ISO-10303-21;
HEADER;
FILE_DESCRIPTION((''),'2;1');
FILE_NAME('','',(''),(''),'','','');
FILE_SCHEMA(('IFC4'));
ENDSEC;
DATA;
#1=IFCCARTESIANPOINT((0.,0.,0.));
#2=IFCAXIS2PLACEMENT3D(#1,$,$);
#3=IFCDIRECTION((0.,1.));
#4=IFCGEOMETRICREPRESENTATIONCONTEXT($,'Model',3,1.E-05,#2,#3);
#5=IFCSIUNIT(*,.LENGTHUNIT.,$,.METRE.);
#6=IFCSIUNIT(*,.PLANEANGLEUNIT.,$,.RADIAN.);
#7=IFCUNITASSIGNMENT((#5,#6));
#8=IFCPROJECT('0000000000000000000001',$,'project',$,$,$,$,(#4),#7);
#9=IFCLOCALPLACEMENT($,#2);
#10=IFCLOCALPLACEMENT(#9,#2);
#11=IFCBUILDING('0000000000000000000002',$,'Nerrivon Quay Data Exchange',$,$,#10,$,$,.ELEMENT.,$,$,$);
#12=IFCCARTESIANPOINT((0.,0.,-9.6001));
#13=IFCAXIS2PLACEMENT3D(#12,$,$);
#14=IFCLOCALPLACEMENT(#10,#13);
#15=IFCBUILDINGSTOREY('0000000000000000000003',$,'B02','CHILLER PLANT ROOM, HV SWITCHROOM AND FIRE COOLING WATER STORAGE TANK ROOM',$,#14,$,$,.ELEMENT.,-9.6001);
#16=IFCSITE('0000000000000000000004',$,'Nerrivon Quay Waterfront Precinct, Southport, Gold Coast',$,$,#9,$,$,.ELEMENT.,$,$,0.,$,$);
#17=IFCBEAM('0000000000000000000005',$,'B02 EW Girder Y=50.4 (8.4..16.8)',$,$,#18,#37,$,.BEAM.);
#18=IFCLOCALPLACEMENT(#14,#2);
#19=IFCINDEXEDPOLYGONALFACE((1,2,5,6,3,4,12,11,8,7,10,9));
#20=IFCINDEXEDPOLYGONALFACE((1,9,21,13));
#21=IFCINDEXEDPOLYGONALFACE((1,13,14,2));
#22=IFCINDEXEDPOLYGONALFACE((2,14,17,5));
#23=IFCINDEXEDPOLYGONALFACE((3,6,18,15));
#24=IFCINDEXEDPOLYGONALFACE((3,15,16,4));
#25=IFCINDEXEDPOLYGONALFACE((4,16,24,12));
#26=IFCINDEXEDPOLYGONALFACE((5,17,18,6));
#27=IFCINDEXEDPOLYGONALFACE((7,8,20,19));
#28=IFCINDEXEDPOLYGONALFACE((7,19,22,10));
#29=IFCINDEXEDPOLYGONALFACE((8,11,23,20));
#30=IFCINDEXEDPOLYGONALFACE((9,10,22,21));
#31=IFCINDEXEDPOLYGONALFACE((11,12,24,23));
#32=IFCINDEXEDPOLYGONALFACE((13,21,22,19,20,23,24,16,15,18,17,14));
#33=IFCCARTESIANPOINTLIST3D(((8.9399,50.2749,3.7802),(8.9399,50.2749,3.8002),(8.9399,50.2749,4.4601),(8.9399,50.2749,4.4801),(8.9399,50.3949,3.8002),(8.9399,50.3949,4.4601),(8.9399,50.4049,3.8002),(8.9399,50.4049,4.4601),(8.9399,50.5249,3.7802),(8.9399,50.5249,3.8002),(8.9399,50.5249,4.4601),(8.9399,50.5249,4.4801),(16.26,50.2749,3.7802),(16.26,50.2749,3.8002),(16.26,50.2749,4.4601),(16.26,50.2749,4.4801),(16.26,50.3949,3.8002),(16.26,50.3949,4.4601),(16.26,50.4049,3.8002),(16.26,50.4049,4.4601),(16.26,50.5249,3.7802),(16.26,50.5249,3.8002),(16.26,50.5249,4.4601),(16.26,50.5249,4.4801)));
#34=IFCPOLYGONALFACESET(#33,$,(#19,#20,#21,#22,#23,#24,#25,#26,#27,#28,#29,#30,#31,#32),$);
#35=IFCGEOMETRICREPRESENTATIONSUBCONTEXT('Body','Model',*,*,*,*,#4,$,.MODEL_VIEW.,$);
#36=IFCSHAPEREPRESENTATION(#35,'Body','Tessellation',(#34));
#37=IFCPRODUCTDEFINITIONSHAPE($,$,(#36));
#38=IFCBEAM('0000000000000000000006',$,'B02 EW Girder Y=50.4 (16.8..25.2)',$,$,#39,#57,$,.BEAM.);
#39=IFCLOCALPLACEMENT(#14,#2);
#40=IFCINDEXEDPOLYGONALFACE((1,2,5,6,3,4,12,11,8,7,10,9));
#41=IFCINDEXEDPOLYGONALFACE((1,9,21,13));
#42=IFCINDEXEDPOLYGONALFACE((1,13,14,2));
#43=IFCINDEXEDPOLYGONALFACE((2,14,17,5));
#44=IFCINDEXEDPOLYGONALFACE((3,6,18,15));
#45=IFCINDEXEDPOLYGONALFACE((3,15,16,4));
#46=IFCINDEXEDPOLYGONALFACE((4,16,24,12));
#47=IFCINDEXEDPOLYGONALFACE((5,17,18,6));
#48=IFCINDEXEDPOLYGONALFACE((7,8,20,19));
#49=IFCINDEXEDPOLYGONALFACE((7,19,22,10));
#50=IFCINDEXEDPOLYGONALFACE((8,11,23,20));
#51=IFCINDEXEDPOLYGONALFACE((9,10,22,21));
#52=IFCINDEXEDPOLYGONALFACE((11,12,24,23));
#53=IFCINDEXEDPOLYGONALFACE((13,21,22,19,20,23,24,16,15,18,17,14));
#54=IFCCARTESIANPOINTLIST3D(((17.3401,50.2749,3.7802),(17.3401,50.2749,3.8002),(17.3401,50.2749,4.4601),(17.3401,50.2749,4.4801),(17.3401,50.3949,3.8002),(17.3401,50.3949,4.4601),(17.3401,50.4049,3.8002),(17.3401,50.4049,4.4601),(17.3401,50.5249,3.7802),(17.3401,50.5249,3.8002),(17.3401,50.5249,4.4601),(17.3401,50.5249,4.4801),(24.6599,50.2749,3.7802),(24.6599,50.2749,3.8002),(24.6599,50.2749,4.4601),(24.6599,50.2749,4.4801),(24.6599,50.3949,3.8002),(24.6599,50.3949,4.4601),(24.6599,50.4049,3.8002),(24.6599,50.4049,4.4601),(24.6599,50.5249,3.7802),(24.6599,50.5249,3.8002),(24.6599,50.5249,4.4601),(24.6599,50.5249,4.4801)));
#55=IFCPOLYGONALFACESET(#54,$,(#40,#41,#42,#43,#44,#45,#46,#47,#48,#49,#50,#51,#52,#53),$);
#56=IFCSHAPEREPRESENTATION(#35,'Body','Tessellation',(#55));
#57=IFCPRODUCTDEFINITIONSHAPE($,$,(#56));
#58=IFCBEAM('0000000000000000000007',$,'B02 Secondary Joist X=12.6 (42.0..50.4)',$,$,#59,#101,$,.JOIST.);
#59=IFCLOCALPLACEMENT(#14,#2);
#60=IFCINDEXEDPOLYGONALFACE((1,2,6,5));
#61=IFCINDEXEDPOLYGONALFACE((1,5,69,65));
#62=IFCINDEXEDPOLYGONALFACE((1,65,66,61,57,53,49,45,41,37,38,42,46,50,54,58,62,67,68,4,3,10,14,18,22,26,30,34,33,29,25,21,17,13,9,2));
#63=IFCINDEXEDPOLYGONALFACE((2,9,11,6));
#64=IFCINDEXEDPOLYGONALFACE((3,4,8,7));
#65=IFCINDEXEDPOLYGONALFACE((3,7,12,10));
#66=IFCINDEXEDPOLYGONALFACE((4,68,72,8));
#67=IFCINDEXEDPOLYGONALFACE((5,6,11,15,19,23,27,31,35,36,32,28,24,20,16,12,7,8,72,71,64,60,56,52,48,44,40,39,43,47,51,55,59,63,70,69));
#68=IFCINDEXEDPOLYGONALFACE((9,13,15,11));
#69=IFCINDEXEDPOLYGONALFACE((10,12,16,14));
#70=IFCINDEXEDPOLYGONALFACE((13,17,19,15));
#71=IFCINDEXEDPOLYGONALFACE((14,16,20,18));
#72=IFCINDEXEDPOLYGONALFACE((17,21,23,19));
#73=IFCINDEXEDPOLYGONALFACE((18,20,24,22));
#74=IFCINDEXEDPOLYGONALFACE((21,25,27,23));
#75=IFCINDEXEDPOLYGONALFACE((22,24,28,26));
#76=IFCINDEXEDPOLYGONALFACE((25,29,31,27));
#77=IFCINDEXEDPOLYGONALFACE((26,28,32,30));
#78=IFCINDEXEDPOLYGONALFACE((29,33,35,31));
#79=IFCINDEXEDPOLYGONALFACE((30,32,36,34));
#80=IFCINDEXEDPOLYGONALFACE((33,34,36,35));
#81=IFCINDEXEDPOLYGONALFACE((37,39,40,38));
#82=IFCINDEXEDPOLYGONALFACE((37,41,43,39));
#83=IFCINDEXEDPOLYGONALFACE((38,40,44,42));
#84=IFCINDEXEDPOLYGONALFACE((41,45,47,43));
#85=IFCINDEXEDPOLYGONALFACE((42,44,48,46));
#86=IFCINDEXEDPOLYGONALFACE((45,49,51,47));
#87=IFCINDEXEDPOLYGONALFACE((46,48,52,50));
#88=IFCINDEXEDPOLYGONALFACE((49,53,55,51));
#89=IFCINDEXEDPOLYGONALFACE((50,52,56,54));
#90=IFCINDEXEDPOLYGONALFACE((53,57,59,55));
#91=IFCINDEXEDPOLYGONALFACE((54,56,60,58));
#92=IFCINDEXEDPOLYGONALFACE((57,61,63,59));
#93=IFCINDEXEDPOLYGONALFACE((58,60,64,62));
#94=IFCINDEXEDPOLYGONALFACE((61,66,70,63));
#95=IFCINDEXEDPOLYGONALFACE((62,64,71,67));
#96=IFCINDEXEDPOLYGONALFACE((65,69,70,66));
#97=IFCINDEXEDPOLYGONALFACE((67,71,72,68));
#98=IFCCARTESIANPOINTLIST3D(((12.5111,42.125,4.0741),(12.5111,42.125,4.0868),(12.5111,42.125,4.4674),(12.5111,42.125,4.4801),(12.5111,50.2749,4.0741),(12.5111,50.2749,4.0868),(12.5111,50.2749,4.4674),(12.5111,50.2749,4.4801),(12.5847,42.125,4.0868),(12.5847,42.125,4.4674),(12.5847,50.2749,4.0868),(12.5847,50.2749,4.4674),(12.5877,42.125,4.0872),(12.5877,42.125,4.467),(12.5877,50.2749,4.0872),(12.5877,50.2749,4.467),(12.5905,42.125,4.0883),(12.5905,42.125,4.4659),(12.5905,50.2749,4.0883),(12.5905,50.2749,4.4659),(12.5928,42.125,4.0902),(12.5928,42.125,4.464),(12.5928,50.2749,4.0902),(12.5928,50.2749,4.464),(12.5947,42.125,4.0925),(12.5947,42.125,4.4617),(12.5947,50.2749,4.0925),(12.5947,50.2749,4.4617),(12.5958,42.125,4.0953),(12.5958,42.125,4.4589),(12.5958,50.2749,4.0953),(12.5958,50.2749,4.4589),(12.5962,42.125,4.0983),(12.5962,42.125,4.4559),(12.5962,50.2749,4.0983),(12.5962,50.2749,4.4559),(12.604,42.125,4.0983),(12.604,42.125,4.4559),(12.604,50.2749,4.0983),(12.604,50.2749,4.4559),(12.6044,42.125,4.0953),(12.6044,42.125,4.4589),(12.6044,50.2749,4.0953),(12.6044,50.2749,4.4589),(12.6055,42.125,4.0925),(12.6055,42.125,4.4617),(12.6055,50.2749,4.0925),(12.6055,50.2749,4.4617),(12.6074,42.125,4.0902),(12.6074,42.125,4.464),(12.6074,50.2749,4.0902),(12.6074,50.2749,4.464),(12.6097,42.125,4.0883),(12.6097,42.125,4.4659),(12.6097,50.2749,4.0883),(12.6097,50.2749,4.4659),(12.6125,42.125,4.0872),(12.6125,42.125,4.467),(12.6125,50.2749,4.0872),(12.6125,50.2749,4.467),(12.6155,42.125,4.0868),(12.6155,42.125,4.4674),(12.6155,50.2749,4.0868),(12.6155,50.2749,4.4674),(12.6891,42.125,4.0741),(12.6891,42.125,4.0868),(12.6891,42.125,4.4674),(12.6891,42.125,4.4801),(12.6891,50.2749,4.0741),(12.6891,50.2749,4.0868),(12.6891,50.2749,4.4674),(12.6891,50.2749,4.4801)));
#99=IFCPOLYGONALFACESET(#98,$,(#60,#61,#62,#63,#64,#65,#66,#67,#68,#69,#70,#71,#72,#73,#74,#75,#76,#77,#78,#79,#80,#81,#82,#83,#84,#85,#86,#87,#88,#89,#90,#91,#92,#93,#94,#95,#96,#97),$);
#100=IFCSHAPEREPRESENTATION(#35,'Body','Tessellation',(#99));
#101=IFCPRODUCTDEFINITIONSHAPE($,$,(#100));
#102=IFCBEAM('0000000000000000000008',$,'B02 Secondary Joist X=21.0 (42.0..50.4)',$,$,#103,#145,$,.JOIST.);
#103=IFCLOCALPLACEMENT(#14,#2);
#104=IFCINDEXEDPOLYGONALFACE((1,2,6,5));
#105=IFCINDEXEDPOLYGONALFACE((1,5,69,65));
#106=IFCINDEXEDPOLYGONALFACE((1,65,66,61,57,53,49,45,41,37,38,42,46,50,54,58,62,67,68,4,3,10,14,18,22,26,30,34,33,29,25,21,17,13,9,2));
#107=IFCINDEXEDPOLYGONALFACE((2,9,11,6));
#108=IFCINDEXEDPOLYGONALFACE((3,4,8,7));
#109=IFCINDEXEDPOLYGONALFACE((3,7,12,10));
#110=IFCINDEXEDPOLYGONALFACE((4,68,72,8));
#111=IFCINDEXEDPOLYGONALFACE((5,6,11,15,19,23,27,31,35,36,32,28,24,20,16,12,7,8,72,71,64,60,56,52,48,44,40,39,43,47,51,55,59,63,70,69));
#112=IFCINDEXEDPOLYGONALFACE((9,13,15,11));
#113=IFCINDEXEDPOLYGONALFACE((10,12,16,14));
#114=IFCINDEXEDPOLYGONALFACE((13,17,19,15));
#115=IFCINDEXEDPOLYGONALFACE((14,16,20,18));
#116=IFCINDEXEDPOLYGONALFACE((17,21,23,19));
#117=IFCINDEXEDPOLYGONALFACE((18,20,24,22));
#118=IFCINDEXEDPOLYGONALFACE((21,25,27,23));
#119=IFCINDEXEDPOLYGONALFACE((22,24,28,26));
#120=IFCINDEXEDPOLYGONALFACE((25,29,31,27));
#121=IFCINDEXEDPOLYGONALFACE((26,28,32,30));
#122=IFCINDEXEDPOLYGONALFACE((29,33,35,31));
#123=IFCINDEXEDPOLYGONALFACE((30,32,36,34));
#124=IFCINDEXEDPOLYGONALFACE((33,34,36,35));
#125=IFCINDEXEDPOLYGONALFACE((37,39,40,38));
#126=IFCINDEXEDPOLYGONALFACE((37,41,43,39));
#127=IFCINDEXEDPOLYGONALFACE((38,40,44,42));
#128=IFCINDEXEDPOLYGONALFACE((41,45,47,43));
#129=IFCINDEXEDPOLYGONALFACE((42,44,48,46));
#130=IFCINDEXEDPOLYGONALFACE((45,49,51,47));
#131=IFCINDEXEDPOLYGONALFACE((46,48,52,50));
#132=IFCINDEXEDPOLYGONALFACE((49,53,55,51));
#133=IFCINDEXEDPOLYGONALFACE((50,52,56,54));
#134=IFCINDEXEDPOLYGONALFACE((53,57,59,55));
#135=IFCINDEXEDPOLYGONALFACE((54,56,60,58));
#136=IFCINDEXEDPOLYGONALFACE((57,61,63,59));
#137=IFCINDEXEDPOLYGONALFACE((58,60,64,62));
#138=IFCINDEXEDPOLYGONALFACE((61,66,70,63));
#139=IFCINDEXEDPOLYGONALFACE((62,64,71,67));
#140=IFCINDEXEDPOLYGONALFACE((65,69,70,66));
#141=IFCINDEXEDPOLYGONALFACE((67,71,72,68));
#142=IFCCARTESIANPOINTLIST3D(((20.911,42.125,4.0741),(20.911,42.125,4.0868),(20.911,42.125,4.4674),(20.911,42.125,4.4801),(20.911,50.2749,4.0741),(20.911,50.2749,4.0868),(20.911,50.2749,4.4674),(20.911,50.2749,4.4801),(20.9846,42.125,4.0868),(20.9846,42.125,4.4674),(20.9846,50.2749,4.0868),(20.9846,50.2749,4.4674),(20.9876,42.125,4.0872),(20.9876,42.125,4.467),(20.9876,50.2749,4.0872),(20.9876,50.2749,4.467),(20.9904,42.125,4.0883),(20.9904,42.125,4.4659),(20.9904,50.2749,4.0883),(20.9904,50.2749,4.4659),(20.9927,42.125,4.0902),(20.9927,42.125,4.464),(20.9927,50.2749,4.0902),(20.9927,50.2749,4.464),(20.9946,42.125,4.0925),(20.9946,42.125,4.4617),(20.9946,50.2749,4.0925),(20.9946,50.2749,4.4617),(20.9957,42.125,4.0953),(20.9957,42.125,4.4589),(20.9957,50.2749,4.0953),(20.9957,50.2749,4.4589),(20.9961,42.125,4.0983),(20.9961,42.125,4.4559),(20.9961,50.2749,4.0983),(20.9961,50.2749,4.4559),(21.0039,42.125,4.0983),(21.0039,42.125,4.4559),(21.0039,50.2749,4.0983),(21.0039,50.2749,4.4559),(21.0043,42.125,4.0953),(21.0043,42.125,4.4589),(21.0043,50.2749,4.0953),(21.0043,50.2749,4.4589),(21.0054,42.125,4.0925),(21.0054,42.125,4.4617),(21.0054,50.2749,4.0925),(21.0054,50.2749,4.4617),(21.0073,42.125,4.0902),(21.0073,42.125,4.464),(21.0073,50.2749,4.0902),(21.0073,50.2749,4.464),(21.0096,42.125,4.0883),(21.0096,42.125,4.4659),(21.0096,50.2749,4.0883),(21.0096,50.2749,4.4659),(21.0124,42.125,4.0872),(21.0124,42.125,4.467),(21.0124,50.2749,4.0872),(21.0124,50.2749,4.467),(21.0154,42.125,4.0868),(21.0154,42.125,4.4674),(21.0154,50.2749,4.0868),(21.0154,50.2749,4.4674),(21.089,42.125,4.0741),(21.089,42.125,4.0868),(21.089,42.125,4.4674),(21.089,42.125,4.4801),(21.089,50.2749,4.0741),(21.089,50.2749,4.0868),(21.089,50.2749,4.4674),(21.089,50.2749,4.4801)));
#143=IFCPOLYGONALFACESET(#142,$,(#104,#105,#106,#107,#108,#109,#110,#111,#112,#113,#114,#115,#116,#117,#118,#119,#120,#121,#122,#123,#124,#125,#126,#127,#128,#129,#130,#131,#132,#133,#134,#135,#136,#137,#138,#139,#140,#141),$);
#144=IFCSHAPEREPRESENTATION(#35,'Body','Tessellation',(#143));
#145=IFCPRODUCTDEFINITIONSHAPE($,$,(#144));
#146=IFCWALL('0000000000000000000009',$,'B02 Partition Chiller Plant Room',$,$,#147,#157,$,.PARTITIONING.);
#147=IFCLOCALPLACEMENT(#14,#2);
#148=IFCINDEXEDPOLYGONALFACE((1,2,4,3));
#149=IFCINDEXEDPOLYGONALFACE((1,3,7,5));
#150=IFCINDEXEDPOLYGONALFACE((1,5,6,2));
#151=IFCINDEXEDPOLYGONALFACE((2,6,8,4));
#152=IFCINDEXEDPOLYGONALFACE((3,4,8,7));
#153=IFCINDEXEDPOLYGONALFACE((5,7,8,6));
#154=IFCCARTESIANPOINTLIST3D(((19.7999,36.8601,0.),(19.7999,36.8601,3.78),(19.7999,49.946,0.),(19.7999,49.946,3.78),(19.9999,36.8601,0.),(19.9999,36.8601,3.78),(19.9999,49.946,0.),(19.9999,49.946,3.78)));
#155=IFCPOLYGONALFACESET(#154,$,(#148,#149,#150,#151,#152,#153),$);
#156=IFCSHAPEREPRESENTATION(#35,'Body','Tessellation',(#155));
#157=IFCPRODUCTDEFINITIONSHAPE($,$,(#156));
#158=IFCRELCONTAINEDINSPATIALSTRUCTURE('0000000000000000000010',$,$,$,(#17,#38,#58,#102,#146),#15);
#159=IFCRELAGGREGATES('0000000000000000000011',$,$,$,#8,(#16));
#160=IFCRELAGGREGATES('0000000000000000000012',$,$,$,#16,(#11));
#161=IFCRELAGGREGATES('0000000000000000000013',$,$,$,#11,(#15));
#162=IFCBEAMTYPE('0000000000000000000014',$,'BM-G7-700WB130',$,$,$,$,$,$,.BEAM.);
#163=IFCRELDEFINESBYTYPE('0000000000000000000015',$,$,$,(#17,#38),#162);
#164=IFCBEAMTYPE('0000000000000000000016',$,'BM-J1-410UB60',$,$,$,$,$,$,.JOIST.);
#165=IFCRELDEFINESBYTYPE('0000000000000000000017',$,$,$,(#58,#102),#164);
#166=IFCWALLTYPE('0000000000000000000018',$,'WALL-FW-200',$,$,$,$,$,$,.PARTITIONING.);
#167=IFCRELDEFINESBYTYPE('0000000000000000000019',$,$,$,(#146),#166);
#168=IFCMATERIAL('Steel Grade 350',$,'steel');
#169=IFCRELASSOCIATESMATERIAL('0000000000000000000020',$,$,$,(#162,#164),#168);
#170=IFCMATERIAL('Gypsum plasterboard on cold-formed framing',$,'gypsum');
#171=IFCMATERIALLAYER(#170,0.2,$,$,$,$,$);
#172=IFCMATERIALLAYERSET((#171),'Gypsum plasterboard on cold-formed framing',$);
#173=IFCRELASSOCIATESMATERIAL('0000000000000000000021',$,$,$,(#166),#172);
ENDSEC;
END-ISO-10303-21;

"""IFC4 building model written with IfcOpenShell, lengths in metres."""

from ifc_helpers import new_model, si_unit, direction, frame, frame_2d, origin, origin_2d, place, context, subcontext, project, spatial, rectangle, i_section, extrude, material, layer, layer_set, material_profile, profile_set, type_object, element, save


model = new_model("IFC4")

# Units and contexts
model_context = context("Model", 3, precision=1e-05, world=origin(), true_north=direction((0.0, 1.0)))
body_context = subcontext(model_context, "Body", "Model", "MODEL_VIEW")
ifc_project = project(units=[si_unit("LENGTHUNIT", "METRE"), si_unit("PLANEANGLEUNIT", "RADIAN")], contexts=[model_context])

# Site, building, storey
site_placement = place(None, origin())
site = spatial("IfcSite", under=ifc_project, at=site_placement, Name="Nerrivon Quay Waterfront Precinct, Southport, Gold Coast", CompositionType="ELEMENT", RefElevation=0.0)
building_placement = place(site_placement, origin())
building = spatial("IfcBuilding", under=site, at=building_placement, Name="Nerrivon Quay Data Exchange", CompositionType="ELEMENT")
storey_placement = place(building_placement, frame((0.0, 0.0, -9.6001)))
storey = spatial("IfcBuildingStorey", under=building, at=storey_placement, Name="B02", Description="CHILLER PLANT ROOM, HV SWITCHROOM AND FIRE COOLING WATER STORAGE TANK ROOM", CompositionType="ELEMENT", Elevation=-9.6001)

# Beams
ifc_material_1 = material(Name="Steel Grade 350", Category="steel")
ifc_material_profile_1 = material_profile(ifc_material_1, i_section(OverallWidth=0.25, OverallDepth=0.7, WebThickness=0.01, FlangeThickness=0.02, at=origin_2d()), Name="700WB130")
ifc_profile_set_1 = profile_set([ifc_material_profile_1], Name="Steel Grade 350")
beam_type_1 = type_object("IfcBeamType", Name="BM-G7-700WB130", PredefinedType="BEAM", material=ifc_profile_set_1)
beam_1_placement = place(storey_placement, frame((8.9399, 50.3999, 4.1301), z_axis=(1.0, 0.0, 0.0), x_axis=(0.0, 1.0, 0.0)))
element("IfcBeam", 1, at=beam_1_placement, inside=storey, type_object=beam_type_1, Name="B02 EW Girder Y=50.4 (8.4..16.8)", PredefinedType="BEAM", context=body_context, shape_type="SweptSolid", body=[
    extrude(i_section(OverallWidth=0.25, OverallDepth=0.7, WebThickness=0.01, FlangeThickness=0.02, at=origin_2d()), origin(), (0.0, 0.0, 1.0), 7.3201),
])
beam_2_placement = place(storey_placement, frame((17.3401, 50.3999, 4.1301), z_axis=(1.0, 0.0, 0.0), x_axis=(0.0, 1.0, 0.0)))
element("IfcBeam", 2, at=beam_2_placement, inside=storey, type_object=beam_type_1, Name="B02 EW Girder Y=50.4 (16.8..25.2)", PredefinedType="BEAM", context=body_context, shape_type="SweptSolid", body=[
    extrude(i_section(OverallWidth=0.25, OverallDepth=0.7, WebThickness=0.01, FlangeThickness=0.02, at=origin_2d()), origin(), (0.0, 0.0, 1.0), 7.3198),
])
ifc_material_profile_2 = material_profile(ifc_material_1, i_section(OverallWidth=0.178, OverallDepth=0.406, WebThickness=0.0078, FlangeThickness=0.0127, FilletRadius=0.0115, at=origin_2d()), Name="410UB59.7")
ifc_profile_set_2 = profile_set([ifc_material_profile_2], Name="Steel Grade 350")
beam_type_2 = type_object("IfcBeamType", Name="BM-J1-410UB60", PredefinedType="JOIST", material=ifc_profile_set_2)
for number, where, z_axis, x_axis, name in (
    (3, (12.6001, 42.125, 4.2771), (0.0, 1.0, 0.0), (-1.0, 0.0, 0.0), "B02 Secondary Joist X=12.6 (42.0..50.4)"),
    (4, (21.0, 42.125, 4.2771), (0.0, 1.0, 0.0), (-1.0, 0.0, 0.0), "B02 Secondary Joist X=21.0 (42.0..50.4)"),
):
    element("IfcBeam", number, at=place(storey_placement, frame(where, z_axis=z_axis, x_axis=x_axis)), inside=storey, type_object=beam_type_2, Name=name, PredefinedType="JOIST", context=body_context, shape_type="SweptSolid", body=[
        extrude(i_section(OverallWidth=0.178, OverallDepth=0.406, WebThickness=0.0078, FlangeThickness=0.0127, FilletRadius=0.0115, at=origin_2d()), origin(), (0.0, 0.0, 1.0), 8.1499),
    ])

# Wall
ifc_material_2 = material(Name="Gypsum plasterboard on cold-formed framing", Category="gypsum")
ifc_layer = layer(ifc_material_2, 0.2)
ifc_layer_set = layer_set([ifc_layer], Name="Gypsum plasterboard on cold-formed framing")
wall_type = type_object("IfcWallType", Name="WALL-FW-200", PredefinedType="PARTITIONING", material=ifc_layer_set)
wall_placement = place(storey_placement, frame((19.8999, 49.946, 0.0), z_axis=(0.0, 0.0, 1.0), x_axis=(0.0, -1.0, 0.0)))
element("IfcWall", 5, at=wall_placement, inside=storey, type_object=wall_type, Name="B02 Partition Chiller Plant Room", PredefinedType="PARTITIONING", context=body_context, shape_type="SweptSolid", body=[
    extrude(rectangle(XDim=13.0859, YDim=0.2, at=frame_2d((6.543, 0.0))), origin(), (0.0, 0.0, 1.0), 3.78),
])

save(model, "model.ifc")
